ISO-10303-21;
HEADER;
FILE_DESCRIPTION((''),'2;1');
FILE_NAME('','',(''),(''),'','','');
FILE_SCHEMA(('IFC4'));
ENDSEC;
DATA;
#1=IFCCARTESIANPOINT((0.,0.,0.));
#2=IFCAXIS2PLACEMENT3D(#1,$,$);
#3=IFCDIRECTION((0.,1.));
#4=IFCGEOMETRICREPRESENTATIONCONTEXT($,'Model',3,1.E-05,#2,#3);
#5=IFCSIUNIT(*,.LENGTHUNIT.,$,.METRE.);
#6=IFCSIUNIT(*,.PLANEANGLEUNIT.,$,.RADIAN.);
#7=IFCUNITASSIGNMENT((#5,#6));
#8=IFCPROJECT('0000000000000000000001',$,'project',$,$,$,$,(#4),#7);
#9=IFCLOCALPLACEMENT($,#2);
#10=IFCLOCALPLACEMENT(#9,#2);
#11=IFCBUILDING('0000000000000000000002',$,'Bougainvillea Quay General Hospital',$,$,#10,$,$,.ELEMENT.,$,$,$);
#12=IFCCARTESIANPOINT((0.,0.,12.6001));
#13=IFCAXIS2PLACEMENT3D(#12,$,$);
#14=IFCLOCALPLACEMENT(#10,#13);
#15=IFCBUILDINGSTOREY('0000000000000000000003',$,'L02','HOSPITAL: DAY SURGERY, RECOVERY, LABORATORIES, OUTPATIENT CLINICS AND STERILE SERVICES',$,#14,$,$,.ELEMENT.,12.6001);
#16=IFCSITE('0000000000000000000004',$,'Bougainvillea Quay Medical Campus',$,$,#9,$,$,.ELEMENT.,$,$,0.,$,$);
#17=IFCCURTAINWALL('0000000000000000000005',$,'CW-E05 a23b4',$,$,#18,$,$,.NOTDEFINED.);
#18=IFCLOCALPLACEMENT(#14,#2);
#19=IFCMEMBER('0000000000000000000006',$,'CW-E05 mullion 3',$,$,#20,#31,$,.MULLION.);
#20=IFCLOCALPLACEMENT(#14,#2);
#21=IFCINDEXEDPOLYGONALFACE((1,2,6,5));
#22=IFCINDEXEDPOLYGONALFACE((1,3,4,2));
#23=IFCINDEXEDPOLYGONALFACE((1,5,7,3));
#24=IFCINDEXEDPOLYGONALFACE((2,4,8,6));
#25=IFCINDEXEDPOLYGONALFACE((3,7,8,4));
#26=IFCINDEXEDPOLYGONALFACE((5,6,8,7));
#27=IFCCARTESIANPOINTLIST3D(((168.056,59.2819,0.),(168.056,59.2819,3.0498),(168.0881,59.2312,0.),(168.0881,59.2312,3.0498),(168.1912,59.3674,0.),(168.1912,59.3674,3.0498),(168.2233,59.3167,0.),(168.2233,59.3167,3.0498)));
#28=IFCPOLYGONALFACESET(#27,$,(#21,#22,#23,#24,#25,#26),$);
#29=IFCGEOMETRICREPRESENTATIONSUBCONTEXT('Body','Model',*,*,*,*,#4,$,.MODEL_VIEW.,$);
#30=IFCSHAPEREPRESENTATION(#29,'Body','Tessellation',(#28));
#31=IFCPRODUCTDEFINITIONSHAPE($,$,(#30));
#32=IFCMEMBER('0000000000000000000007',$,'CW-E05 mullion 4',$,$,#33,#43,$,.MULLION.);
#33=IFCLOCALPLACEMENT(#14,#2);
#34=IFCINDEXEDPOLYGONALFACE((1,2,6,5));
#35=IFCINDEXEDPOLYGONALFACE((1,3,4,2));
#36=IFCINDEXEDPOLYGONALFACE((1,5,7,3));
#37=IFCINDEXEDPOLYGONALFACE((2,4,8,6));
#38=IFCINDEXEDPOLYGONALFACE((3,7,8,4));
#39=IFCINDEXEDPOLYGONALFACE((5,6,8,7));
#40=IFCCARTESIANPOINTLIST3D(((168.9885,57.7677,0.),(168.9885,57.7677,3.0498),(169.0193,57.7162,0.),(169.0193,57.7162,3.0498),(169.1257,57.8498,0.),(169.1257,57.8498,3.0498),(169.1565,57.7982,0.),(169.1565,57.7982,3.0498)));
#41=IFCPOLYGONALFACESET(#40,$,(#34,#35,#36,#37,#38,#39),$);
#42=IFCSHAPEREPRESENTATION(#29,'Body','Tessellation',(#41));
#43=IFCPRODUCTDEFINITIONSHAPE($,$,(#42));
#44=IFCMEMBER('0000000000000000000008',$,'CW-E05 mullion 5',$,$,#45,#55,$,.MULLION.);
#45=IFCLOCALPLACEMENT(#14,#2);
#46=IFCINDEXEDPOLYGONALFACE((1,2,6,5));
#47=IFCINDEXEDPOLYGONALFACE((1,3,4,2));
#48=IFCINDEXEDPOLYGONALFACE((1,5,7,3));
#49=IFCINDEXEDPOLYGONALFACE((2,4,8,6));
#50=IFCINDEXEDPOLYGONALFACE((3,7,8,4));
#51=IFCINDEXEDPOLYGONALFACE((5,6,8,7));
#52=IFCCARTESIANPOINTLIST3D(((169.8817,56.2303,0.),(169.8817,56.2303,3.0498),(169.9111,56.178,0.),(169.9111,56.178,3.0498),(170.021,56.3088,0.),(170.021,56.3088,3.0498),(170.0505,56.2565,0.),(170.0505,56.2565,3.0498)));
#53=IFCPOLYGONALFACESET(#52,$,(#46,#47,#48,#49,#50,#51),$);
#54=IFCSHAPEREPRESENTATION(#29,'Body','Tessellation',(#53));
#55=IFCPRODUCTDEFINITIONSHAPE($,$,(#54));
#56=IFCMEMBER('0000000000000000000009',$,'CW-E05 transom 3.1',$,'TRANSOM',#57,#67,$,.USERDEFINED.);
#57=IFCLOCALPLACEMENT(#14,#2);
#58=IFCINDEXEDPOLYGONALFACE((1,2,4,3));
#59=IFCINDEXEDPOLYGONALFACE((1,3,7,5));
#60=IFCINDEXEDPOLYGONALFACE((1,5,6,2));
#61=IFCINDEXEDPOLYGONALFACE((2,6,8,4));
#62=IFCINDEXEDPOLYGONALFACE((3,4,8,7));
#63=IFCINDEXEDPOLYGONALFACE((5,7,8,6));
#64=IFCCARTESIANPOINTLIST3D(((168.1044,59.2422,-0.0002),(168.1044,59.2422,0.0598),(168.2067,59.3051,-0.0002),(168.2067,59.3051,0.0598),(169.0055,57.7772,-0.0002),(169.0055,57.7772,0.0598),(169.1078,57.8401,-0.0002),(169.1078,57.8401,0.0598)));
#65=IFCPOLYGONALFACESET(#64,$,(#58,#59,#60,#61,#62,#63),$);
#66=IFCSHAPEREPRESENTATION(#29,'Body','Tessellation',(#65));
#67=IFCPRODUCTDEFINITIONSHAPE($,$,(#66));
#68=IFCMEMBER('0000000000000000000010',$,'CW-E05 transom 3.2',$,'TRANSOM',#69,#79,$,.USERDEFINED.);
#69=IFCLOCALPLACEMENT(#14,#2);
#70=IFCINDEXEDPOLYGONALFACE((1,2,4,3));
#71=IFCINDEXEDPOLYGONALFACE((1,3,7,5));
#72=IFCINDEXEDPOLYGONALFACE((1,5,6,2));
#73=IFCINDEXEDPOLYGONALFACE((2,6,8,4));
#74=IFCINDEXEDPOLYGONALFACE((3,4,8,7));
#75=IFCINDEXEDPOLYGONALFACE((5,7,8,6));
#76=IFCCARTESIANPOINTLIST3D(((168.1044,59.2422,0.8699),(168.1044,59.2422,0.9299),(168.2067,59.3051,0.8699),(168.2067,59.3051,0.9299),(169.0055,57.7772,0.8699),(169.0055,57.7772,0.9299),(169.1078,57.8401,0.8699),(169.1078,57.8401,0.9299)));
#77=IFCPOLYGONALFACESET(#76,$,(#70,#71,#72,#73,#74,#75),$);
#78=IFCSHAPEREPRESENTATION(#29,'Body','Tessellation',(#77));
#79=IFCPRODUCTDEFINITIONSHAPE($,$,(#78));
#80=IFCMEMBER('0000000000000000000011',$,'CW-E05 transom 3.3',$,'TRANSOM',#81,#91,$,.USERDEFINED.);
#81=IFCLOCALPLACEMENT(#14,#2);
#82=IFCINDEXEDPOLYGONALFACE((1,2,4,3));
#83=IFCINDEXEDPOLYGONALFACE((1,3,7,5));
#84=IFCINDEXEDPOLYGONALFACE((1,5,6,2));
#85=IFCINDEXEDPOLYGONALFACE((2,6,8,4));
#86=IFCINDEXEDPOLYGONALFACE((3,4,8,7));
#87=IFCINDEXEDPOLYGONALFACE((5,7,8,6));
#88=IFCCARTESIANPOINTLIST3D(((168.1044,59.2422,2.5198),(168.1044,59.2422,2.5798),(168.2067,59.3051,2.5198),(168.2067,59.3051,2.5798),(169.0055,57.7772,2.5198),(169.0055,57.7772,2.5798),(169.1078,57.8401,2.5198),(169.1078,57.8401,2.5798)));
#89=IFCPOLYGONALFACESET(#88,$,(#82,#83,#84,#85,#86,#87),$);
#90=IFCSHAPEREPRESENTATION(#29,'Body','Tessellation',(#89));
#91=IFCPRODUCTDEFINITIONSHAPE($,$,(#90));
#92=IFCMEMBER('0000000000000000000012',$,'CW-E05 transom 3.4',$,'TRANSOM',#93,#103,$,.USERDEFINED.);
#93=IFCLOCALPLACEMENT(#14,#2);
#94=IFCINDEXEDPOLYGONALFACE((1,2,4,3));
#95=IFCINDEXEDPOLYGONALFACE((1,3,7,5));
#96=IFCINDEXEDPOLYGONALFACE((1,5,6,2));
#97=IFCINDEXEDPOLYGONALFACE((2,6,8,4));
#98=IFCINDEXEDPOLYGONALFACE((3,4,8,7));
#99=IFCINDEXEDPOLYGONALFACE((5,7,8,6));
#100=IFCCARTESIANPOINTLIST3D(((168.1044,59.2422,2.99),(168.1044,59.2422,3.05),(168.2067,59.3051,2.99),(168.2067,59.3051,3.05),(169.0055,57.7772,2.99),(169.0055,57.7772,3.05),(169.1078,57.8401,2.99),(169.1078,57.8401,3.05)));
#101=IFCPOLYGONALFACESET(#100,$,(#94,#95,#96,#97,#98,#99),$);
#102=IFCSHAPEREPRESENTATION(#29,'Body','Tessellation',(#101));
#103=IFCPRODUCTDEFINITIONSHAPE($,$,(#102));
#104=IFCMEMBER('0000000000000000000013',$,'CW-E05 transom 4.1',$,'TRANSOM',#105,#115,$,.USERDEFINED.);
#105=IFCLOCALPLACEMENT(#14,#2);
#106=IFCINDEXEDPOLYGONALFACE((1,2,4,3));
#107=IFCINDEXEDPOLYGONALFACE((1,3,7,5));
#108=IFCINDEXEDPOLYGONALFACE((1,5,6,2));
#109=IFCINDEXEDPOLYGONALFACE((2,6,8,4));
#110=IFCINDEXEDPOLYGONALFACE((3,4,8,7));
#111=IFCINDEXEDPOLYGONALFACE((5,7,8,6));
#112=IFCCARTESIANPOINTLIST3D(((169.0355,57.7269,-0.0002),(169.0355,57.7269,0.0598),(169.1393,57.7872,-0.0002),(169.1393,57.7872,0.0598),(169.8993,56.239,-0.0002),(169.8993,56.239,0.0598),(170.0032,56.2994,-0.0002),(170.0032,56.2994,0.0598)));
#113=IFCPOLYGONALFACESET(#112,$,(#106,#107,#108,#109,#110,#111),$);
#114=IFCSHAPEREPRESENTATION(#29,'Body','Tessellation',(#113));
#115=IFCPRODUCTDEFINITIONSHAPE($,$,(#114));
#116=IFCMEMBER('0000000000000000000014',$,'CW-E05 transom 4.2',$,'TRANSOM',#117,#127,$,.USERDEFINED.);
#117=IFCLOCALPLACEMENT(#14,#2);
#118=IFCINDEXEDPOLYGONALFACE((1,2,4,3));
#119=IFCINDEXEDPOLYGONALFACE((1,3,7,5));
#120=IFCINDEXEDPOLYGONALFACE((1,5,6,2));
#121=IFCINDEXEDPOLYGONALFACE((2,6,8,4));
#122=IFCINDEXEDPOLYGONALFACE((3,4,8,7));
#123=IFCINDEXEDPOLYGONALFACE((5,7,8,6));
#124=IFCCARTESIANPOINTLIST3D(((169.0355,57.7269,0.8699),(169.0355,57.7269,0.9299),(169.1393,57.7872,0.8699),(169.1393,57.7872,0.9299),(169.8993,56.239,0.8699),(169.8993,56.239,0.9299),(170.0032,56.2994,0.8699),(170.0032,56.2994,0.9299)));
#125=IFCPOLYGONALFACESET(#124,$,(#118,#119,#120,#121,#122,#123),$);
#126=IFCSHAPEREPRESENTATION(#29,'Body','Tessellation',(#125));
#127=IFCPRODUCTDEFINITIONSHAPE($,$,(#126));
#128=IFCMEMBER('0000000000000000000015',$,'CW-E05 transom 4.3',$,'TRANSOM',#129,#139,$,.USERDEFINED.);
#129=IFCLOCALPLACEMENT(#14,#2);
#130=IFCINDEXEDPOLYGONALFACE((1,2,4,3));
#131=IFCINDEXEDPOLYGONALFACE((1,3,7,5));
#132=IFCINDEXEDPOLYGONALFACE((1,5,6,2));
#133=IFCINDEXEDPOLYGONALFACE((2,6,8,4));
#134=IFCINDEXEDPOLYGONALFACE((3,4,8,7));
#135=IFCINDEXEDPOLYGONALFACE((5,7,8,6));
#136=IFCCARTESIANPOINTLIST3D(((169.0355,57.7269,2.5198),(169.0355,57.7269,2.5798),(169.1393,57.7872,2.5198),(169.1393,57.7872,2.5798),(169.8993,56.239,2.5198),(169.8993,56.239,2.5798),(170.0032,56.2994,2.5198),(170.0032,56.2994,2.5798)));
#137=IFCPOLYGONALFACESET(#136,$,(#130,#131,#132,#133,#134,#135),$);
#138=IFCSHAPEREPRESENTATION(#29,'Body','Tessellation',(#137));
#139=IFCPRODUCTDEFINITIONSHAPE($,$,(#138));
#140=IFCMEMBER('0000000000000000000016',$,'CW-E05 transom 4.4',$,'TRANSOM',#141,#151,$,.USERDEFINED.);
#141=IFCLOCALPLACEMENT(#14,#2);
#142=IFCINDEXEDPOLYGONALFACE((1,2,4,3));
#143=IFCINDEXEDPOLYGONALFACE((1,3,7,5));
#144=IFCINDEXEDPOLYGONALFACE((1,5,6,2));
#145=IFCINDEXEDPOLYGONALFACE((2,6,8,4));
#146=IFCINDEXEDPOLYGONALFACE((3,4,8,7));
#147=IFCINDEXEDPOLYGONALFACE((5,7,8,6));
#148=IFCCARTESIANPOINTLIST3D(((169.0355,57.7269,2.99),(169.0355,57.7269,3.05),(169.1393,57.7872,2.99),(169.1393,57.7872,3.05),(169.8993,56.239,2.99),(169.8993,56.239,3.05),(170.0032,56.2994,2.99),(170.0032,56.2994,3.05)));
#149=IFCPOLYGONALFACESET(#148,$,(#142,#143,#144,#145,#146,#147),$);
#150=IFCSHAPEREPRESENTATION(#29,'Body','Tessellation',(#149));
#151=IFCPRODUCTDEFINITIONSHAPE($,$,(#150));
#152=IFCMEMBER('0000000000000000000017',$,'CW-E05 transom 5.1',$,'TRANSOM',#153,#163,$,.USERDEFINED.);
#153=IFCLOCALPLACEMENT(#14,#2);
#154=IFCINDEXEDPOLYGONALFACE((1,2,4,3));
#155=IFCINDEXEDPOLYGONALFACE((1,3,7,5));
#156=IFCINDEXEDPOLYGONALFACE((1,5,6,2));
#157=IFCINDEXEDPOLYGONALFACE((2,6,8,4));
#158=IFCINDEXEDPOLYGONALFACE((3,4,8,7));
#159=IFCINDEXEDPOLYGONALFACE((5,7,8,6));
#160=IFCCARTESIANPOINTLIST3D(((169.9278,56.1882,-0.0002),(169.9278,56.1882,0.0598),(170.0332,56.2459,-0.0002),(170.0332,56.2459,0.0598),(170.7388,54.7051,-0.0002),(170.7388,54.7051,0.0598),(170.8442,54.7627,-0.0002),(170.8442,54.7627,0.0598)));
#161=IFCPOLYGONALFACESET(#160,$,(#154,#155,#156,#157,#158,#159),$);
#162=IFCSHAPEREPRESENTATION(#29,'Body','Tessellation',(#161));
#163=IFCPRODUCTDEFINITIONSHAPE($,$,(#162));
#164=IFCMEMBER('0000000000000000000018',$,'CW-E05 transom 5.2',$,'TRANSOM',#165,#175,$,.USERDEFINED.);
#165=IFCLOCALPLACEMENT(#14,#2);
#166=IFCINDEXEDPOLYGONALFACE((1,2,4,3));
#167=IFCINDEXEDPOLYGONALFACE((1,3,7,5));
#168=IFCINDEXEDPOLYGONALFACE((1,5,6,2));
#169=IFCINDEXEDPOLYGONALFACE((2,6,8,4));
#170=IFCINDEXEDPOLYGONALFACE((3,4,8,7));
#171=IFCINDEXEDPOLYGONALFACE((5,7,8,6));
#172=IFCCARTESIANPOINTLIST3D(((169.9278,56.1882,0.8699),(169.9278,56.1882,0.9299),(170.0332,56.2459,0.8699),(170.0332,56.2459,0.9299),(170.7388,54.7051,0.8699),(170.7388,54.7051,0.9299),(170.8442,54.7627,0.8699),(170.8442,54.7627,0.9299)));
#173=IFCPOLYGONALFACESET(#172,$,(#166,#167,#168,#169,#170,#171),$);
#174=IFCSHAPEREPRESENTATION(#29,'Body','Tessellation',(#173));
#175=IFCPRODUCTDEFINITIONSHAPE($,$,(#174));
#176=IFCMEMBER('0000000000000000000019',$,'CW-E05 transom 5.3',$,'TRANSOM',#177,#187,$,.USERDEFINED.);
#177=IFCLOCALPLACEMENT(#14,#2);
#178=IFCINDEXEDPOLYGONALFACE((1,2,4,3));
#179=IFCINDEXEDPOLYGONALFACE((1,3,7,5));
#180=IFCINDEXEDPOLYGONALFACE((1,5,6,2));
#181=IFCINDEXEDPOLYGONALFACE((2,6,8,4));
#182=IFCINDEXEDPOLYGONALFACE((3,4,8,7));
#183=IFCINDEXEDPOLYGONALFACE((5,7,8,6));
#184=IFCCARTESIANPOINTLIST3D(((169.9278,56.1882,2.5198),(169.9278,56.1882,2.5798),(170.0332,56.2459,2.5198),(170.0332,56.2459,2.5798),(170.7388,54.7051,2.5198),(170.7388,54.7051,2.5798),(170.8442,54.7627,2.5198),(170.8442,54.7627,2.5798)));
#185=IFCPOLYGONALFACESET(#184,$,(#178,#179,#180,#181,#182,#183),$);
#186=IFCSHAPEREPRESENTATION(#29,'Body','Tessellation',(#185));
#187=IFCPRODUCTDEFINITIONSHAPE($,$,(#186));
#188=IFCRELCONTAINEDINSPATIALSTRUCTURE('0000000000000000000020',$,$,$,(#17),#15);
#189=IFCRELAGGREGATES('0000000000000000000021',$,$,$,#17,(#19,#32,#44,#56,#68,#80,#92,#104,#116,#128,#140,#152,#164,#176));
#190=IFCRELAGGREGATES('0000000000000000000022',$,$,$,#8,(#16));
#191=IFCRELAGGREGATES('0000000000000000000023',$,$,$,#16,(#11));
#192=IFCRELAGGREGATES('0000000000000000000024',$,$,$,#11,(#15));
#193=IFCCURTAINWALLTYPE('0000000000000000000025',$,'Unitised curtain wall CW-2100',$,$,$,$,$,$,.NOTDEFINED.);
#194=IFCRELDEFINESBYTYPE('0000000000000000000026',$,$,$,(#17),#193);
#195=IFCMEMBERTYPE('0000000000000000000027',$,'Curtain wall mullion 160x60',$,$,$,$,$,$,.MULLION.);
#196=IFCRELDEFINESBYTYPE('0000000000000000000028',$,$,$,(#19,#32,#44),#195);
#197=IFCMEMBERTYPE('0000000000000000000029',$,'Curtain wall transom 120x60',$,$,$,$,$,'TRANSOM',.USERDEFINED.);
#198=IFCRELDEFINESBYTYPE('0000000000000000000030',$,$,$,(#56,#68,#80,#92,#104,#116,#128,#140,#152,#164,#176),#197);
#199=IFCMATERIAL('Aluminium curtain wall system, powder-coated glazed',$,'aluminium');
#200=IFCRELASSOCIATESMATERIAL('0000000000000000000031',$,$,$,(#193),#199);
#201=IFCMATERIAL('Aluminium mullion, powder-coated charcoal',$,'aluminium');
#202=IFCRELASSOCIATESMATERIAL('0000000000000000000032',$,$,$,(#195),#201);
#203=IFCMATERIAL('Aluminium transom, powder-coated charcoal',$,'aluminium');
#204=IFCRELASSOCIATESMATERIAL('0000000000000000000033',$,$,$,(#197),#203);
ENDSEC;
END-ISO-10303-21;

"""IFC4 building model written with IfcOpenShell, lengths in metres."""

from ifc_helpers import new_model, si_unit, direction, frame, origin, origin_2d, place, context, subcontext, project, spatial, rectangle, extrude, material, material_profile, profile_set, type_object, element, aggregate, save


model = new_model("IFC4")

# Units and contexts
model_context = context("Model", 3, precision=1e-05, world=origin(), true_north=direction((0.0, 1.0)))
body_context = subcontext(model_context, "Body", "Model", "MODEL_VIEW")
ifc_project = project(units=[si_unit("LENGTHUNIT", "METRE"), si_unit("PLANEANGLEUNIT", "RADIAN")], contexts=[model_context])

# Site, building, storey
site_placement = place(None, origin())
site = spatial("IfcSite", under=ifc_project, at=site_placement, Name="Bougainvillea Quay Medical Campus", CompositionType="ELEMENT", RefElevation=0.0)
building_placement = place(site_placement, origin())
building = spatial("IfcBuilding", under=site, at=building_placement, Name="Bougainvillea Quay General Hospital", CompositionType="ELEMENT")
storey_placement = place(building_placement, frame((0.0, 0.0, 12.6001)))
storey = spatial("IfcBuildingStorey", under=building, at=storey_placement, Name="L02", Description="HOSPITAL: DAY SURGERY, RECOVERY, LABORATORIES, OUTPATIENT CLINICS AND STERILE SERVICES", CompositionType="ELEMENT", Elevation=12.6001)

# Curtain wall, members
ifc_material_1 = material(Name="Aluminium curtain wall system, powder-coated glazed", Category="aluminium")
curtain_wall_type = type_object("IfcCurtainWallType", Name="Unitised curtain wall CW-2100", PredefinedType="NOTDEFINED", material=ifc_material_1)
curtain_wall_placement = place(storey_placement, origin())
curtain_wall = element("IfcCurtainWall", 1, at=curtain_wall_placement, inside=storey, type_object=curtain_wall_type, Name="CW-E05 a23b4", PredefinedType="NOTDEFINED")
ifc_material_2 = material(Name="Aluminium mullion, powder-coated charcoal", Category="aluminium")
ifc_material_profile_1 = material_profile(ifc_material_2, rectangle(XDim=0.1599, YDim=0.0601, at=origin_2d()))
ifc_profile_set_1 = profile_set([ifc_material_profile_1], Name="Aluminium mullion, powder-coated charcoal")
member_type_1 = type_object("IfcMemberType", Name="Curtain wall mullion 160x60", PredefinedType="MULLION", material=ifc_profile_set_1)
member_1_placement = place(storey_placement, frame((168.1396, 59.2993, 0.0), z_axis=(0.0, 0.0, 1.0), x_axis=(0.845008, 0.534754, 0.0)))
member_1 = element("IfcMember", 2, at=member_1_placement, type_object=member_type_1, Name="CW-E05 mullion 3", PredefinedType="MULLION", context=body_context, shape_type="SweptSolid", body=[
    extrude(rectangle(XDim=0.1599, YDim=0.0601, at=origin_2d()), origin(), (0.0, 0.0, 1.0), 3.0498),
])
member_2_placement = place(storey_placement, frame((169.0725, 57.783, 0.0), z_axis=(0.0, 0.0, 1.0), x_axis=(0.85838, 0.513014, 0.0)))
member_2 = element("IfcMember", 3, at=member_2_placement, type_object=member_type_1, Name="CW-E05 mullion 4", PredefinedType="MULLION", context=body_context, shape_type="SweptSolid", body=[
    extrude(rectangle(XDim=0.1599, YDim=0.0601, at=origin_2d()), origin(), (0.0, 0.0, 1.0), 3.0498),
])
member_3_placement = place(storey_placement, frame((169.9661, 56.2434, 0.0), z_axis=(0.0, 0.0, 1.0), x_axis=(0.871193, 0.49094, 0.0)))
member_3 = element("IfcMember", 4, at=member_3_placement, type_object=member_type_1, Name="CW-E05 mullion 5", PredefinedType="MULLION", context=body_context, shape_type="SweptSolid", body=[
    extrude(rectangle(XDim=0.1599, YDim=0.0601, at=origin_2d()), origin(), (0.0, 0.0, 1.0), 3.0498),
])
ifc_material_3 = material(Name="Aluminium transom, powder-coated charcoal", Category="aluminium")
ifc_material_profile_2 = material_profile(ifc_material_3, rectangle(XDim=0.1201, YDim=0.0601, at=origin_2d()))
ifc_profile_set_2 = profile_set([ifc_material_profile_2], Name="Aluminium transom, powder-coated charcoal")
member_type_2 = type_object("IfcMemberType", Name="Curtain wall transom 120x60", ElementType="TRANSOM", PredefinedType="USERDEFINED", material=ifc_profile_set_2)
member_4_placement = place(storey_placement, frame((168.1555, 59.2737, 0.0298), z_axis=(0.523899, -0.85178, 0.0), x_axis=(0.85178, 0.523899, 0.0)))
member_4 = element("IfcMember", 5, at=member_4_placement, type_object=member_type_2, Name="CW-E05 transom 3.1", ObjectType="TRANSOM", PredefinedType="USERDEFINED", context=body_context, shape_type="SweptSolid", body=[
    extrude(rectangle(XDim=0.1201, YDim=0.0601, at=origin_2d()), origin(), (0.0, 0.0, 1.0), 1.72),
])
member_5_placement = place(storey_placement, frame((168.1555, 59.2737, 0.8999), z_axis=(0.523899, -0.85178, 0.0), x_axis=(0.85178, 0.523899, 0.0)))
member_5 = element("IfcMember", 6, at=member_5_placement, type_object=member_type_2, Name="CW-E05 transom 3.2", ObjectType="TRANSOM", PredefinedType="USERDEFINED", context=body_context, shape_type="SweptSolid", body=[
    extrude(rectangle(XDim=0.1201, YDim=0.0601, at=origin_2d()), origin(), (0.0, 0.0, 1.0), 1.72),
])
member_6_placement = place(storey_placement, frame((168.1555, 59.2737, 2.5498), z_axis=(0.523899, -0.85178, 0.0), x_axis=(0.85178, 0.523899, 0.0)))
member_6 = element("IfcMember", 7, at=member_6_placement, type_object=member_type_2, Name="CW-E05 transom 3.3", ObjectType="TRANSOM", PredefinedType="USERDEFINED", context=body_context, shape_type="SweptSolid", body=[
    extrude(rectangle(XDim=0.1201, YDim=0.0601, at=origin_2d()), origin(), (0.0, 0.0, 1.0), 1.72),
])
member_7_placement = place(storey_placement, frame((168.1555, 59.2737, 3.02), z_axis=(0.523899, -0.85178, 0.0), x_axis=(0.85178, 0.523899, 0.0)))
member_7 = element("IfcMember", 8, at=member_7_placement, type_object=member_type_2, Name="CW-E05 transom 3.4", ObjectType="TRANSOM", PredefinedType="USERDEFINED", context=body_context, shape_type="SweptSolid", body=[
    extrude(rectangle(XDim=0.1201, YDim=0.0601, at=origin_2d()), origin(), (0.0, 0.0, 1.0), 1.72),
])
member_8_placement = place(storey_placement, frame((169.0874, 57.7571, 0.0298), z_axis=(0.502088, -0.864817, 0.0), x_axis=(0.864817, 0.502088, 0.0)))
member_8 = element("IfcMember", 9, at=member_8_placement, type_object=member_type_2, Name="CW-E05 transom 4.1", ObjectType="TRANSOM", PredefinedType="USERDEFINED", context=body_context, shape_type="SweptSolid", body=[
    extrude(rectangle(XDim=0.1201, YDim=0.0601, at=origin_2d()), origin(), (0.0, 0.0, 1.0), 1.7205),
])
member_9_placement = place(storey_placement, frame((169.0874, 57.7571, 0.8999), z_axis=(0.502088, -0.864817, 0.0), x_axis=(0.864817, 0.502088, 0.0)))
member_9 = element("IfcMember", 10, at=member_9_placement, type_object=member_type_2, Name="CW-E05 transom 4.2", ObjectType="TRANSOM", PredefinedType="USERDEFINED", context=body_context, shape_type="SweptSolid", body=[
    extrude(rectangle(XDim=0.1201, YDim=0.0601, at=origin_2d()), origin(), (0.0, 0.0, 1.0), 1.7205),
])
member_10_placement = place(storey_placement, frame((169.0874, 57.7571, 2.5498), z_axis=(0.502088, -0.864817, 0.0), x_axis=(0.864817, 0.502088, 0.0)))
member_10 = element("IfcMember", 11, at=member_10_placement, type_object=member_type_2, Name="CW-E05 transom 4.3", ObjectType="TRANSOM", PredefinedType="USERDEFINED", context=body_context, shape_type="SweptSolid", body=[
    extrude(rectangle(XDim=0.1201, YDim=0.0601, at=origin_2d()), origin(), (0.0, 0.0, 1.0), 1.7205),
])
member_11_placement = place(storey_placement, frame((169.0874, 57.7571, 3.02), z_axis=(0.502088, -0.864817, 0.0), x_axis=(0.864817, 0.502088, 0.0)))
member_11 = element("IfcMember", 12, at=member_11_placement, type_object=member_type_2, Name="CW-E05 transom 4.4", ObjectType="TRANSOM", PredefinedType="USERDEFINED", context=body_context, shape_type="SweptSolid", body=[
    extrude(rectangle(XDim=0.1201, YDim=0.0601, at=origin_2d()), origin(), (0.0, 0.0, 1.0), 1.7205),
])
member_12_placement = place(storey_placement, frame((169.9805, 56.217, 0.0298), z_axis=(0.479783, -0.877387, 0.0), x_axis=(0.877387, 0.479783, 0.0)))
member_12 = element("IfcMember", 13, at=member_12_placement, type_object=member_type_2, Name="CW-E05 transom 5.1", ObjectType="TRANSOM", PredefinedType="USERDEFINED", context=body_context, shape_type="SweptSolid", body=[
    extrude(rectangle(XDim=0.1201, YDim=0.0601, at=origin_2d()), origin(), (0.0, 0.0, 1.0), 1.6904),
])
member_13_placement = place(storey_placement, frame((169.9805, 56.217, 0.8999), z_axis=(0.479783, -0.877387, 0.0), x_axis=(0.877387, 0.479783, 0.0)))
member_13 = element("IfcMember", 14, at=member_13_placement, type_object=member_type_2, Name="CW-E05 transom 5.2", ObjectType="TRANSOM", PredefinedType="USERDEFINED", context=body_context, shape_type="SweptSolid", body=[
    extrude(rectangle(XDim=0.1201, YDim=0.0601, at=origin_2d()), origin(), (0.0, 0.0, 1.0), 1.6904),
])
member_14_placement = place(storey_placement, frame((169.9805, 56.217, 2.5498), z_axis=(0.479783, -0.877387, 0.0), x_axis=(0.877387, 0.479783, 0.0)))
member_14 = element("IfcMember", 15, at=member_14_placement, type_object=member_type_2, Name="CW-E05 transom 5.3", ObjectType="TRANSOM", PredefinedType="USERDEFINED", context=body_context, shape_type="SweptSolid", body=[
    extrude(rectangle(XDim=0.1201, YDim=0.0601, at=origin_2d()), origin(), (0.0, 0.0, 1.0), 1.6904),
])
aggregate(curtain_wall, [member_1, member_2, member_3, member_4, member_5, member_6, member_7, member_8, member_9, member_10, member_11, member_12, member_13, member_14])

save(model, "model.ifc")
